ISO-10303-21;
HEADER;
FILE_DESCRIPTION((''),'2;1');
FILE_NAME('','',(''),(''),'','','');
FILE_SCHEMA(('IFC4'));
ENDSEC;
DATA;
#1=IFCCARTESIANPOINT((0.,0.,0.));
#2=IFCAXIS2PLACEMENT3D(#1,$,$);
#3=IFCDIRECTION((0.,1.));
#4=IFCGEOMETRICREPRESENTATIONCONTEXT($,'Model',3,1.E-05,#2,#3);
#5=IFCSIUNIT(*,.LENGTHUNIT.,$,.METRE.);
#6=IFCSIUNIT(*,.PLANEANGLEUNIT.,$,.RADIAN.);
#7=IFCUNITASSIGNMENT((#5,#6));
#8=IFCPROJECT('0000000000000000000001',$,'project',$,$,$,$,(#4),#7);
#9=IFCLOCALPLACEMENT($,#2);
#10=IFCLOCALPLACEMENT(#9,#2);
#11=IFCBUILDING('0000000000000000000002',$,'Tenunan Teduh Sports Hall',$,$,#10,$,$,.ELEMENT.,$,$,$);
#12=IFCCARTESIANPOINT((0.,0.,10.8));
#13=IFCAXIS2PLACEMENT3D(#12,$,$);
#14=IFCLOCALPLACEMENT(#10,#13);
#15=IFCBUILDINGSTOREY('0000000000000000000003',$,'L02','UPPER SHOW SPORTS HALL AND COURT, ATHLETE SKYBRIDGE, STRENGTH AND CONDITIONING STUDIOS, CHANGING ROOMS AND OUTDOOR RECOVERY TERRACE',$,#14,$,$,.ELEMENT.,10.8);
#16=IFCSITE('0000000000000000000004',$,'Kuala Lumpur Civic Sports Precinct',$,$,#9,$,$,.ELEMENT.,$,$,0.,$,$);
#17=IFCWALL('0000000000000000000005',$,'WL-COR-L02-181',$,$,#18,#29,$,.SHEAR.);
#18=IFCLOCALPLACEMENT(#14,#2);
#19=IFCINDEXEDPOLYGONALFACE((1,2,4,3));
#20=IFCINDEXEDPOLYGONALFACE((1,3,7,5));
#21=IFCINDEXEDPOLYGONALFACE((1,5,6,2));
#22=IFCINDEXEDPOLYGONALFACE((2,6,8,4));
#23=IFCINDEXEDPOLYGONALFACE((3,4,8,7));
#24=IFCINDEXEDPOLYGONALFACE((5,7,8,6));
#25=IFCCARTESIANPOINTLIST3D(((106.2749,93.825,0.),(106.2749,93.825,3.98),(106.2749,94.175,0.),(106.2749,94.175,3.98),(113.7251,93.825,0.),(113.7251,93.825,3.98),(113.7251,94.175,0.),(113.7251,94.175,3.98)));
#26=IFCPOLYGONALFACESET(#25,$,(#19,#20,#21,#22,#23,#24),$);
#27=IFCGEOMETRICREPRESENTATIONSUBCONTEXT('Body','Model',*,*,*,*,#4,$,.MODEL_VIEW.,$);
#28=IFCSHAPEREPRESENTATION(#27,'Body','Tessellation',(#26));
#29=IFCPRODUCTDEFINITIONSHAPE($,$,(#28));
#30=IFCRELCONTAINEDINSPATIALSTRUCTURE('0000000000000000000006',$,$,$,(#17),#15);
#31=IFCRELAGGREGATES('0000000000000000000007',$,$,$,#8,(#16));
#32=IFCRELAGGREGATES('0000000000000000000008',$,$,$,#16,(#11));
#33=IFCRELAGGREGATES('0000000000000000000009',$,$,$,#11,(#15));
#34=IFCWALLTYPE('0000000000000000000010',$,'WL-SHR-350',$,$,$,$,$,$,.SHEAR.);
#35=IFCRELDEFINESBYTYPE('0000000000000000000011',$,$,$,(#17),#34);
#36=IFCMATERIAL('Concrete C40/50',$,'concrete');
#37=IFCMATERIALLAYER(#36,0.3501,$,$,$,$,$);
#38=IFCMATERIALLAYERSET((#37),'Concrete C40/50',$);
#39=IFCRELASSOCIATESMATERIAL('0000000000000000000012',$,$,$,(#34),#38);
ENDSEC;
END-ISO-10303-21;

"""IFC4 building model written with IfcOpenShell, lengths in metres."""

from ifc_helpers import new_model, si_unit, direction, frame, frame_2d, origin, place, context, subcontext, project, spatial, rectangle, extrude, material, layer, layer_set, type_object, element, save


model = new_model("IFC4")

# Units and contexts
model_context = context("Model", 3, precision=1e-05, world=origin(), true_north=direction((0.0, 1.0)))
body_context = subcontext(model_context, "Body", "Model", "MODEL_VIEW")
ifc_project = project(units=[si_unit("LENGTHUNIT", "METRE"), si_unit("PLANEANGLEUNIT", "RADIAN")], contexts=[model_context])

# Site, building, storey
site_placement = place(None, origin())
site = spatial("IfcSite", under=ifc_project, at=site_placement, Name="Kuala Lumpur Civic Sports Precinct", CompositionType="ELEMENT", RefElevation=0.0)
building_placement = place(site_placement, origin())
building = spatial("IfcBuilding", under=site, at=building_placement, Name="Tenunan Teduh Sports Hall", CompositionType="ELEMENT")
storey_placement = place(building_placement, frame((0.0, 0.0, 10.8)))
storey = spatial("IfcBuildingStorey", under=building, at=storey_placement, Name="L02", Description="UPPER SHOW SPORTS HALL AND COURT, ATHLETE SKYBRIDGE, STRENGTH AND CONDITIONING STUDIOS, CHANGING ROOMS AND OUTDOOR RECOVERY TERRACE", CompositionType="ELEMENT", Elevation=10.8)

# Wall
ifc_material_1 = material(Name="Concrete C40/50", Category="concrete")
ifc_layer_1 = layer(ifc_material_1, 0.3501)
ifc_layer_set_1 = layer_set([ifc_layer_1], Name="Concrete C40/50")
wall_type = type_object("IfcWallType", Name="WL-SHR-350", PredefinedType="SHEAR", material=ifc_layer_set_1)
wall_placement = place(storey_placement, frame((106.2749, 94.0, 0.0), z_axis=(0.0, 0.0, 1.0), x_axis=(1.0, 0.0, 0.0)))
element("IfcWall", 1, at=wall_placement, inside=storey, type_object=wall_type, Name="WL-COR-L02-181", PredefinedType="SHEAR", context=body_context, shape_type="SweptSolid", body=[
    extrude(rectangle(XDim=7.4502, YDim=0.3501, at=frame_2d((3.7251, 0.0))), origin(), (0.0, 0.0, 1.0), 3.98),
])

save(model, "model.ifc")
